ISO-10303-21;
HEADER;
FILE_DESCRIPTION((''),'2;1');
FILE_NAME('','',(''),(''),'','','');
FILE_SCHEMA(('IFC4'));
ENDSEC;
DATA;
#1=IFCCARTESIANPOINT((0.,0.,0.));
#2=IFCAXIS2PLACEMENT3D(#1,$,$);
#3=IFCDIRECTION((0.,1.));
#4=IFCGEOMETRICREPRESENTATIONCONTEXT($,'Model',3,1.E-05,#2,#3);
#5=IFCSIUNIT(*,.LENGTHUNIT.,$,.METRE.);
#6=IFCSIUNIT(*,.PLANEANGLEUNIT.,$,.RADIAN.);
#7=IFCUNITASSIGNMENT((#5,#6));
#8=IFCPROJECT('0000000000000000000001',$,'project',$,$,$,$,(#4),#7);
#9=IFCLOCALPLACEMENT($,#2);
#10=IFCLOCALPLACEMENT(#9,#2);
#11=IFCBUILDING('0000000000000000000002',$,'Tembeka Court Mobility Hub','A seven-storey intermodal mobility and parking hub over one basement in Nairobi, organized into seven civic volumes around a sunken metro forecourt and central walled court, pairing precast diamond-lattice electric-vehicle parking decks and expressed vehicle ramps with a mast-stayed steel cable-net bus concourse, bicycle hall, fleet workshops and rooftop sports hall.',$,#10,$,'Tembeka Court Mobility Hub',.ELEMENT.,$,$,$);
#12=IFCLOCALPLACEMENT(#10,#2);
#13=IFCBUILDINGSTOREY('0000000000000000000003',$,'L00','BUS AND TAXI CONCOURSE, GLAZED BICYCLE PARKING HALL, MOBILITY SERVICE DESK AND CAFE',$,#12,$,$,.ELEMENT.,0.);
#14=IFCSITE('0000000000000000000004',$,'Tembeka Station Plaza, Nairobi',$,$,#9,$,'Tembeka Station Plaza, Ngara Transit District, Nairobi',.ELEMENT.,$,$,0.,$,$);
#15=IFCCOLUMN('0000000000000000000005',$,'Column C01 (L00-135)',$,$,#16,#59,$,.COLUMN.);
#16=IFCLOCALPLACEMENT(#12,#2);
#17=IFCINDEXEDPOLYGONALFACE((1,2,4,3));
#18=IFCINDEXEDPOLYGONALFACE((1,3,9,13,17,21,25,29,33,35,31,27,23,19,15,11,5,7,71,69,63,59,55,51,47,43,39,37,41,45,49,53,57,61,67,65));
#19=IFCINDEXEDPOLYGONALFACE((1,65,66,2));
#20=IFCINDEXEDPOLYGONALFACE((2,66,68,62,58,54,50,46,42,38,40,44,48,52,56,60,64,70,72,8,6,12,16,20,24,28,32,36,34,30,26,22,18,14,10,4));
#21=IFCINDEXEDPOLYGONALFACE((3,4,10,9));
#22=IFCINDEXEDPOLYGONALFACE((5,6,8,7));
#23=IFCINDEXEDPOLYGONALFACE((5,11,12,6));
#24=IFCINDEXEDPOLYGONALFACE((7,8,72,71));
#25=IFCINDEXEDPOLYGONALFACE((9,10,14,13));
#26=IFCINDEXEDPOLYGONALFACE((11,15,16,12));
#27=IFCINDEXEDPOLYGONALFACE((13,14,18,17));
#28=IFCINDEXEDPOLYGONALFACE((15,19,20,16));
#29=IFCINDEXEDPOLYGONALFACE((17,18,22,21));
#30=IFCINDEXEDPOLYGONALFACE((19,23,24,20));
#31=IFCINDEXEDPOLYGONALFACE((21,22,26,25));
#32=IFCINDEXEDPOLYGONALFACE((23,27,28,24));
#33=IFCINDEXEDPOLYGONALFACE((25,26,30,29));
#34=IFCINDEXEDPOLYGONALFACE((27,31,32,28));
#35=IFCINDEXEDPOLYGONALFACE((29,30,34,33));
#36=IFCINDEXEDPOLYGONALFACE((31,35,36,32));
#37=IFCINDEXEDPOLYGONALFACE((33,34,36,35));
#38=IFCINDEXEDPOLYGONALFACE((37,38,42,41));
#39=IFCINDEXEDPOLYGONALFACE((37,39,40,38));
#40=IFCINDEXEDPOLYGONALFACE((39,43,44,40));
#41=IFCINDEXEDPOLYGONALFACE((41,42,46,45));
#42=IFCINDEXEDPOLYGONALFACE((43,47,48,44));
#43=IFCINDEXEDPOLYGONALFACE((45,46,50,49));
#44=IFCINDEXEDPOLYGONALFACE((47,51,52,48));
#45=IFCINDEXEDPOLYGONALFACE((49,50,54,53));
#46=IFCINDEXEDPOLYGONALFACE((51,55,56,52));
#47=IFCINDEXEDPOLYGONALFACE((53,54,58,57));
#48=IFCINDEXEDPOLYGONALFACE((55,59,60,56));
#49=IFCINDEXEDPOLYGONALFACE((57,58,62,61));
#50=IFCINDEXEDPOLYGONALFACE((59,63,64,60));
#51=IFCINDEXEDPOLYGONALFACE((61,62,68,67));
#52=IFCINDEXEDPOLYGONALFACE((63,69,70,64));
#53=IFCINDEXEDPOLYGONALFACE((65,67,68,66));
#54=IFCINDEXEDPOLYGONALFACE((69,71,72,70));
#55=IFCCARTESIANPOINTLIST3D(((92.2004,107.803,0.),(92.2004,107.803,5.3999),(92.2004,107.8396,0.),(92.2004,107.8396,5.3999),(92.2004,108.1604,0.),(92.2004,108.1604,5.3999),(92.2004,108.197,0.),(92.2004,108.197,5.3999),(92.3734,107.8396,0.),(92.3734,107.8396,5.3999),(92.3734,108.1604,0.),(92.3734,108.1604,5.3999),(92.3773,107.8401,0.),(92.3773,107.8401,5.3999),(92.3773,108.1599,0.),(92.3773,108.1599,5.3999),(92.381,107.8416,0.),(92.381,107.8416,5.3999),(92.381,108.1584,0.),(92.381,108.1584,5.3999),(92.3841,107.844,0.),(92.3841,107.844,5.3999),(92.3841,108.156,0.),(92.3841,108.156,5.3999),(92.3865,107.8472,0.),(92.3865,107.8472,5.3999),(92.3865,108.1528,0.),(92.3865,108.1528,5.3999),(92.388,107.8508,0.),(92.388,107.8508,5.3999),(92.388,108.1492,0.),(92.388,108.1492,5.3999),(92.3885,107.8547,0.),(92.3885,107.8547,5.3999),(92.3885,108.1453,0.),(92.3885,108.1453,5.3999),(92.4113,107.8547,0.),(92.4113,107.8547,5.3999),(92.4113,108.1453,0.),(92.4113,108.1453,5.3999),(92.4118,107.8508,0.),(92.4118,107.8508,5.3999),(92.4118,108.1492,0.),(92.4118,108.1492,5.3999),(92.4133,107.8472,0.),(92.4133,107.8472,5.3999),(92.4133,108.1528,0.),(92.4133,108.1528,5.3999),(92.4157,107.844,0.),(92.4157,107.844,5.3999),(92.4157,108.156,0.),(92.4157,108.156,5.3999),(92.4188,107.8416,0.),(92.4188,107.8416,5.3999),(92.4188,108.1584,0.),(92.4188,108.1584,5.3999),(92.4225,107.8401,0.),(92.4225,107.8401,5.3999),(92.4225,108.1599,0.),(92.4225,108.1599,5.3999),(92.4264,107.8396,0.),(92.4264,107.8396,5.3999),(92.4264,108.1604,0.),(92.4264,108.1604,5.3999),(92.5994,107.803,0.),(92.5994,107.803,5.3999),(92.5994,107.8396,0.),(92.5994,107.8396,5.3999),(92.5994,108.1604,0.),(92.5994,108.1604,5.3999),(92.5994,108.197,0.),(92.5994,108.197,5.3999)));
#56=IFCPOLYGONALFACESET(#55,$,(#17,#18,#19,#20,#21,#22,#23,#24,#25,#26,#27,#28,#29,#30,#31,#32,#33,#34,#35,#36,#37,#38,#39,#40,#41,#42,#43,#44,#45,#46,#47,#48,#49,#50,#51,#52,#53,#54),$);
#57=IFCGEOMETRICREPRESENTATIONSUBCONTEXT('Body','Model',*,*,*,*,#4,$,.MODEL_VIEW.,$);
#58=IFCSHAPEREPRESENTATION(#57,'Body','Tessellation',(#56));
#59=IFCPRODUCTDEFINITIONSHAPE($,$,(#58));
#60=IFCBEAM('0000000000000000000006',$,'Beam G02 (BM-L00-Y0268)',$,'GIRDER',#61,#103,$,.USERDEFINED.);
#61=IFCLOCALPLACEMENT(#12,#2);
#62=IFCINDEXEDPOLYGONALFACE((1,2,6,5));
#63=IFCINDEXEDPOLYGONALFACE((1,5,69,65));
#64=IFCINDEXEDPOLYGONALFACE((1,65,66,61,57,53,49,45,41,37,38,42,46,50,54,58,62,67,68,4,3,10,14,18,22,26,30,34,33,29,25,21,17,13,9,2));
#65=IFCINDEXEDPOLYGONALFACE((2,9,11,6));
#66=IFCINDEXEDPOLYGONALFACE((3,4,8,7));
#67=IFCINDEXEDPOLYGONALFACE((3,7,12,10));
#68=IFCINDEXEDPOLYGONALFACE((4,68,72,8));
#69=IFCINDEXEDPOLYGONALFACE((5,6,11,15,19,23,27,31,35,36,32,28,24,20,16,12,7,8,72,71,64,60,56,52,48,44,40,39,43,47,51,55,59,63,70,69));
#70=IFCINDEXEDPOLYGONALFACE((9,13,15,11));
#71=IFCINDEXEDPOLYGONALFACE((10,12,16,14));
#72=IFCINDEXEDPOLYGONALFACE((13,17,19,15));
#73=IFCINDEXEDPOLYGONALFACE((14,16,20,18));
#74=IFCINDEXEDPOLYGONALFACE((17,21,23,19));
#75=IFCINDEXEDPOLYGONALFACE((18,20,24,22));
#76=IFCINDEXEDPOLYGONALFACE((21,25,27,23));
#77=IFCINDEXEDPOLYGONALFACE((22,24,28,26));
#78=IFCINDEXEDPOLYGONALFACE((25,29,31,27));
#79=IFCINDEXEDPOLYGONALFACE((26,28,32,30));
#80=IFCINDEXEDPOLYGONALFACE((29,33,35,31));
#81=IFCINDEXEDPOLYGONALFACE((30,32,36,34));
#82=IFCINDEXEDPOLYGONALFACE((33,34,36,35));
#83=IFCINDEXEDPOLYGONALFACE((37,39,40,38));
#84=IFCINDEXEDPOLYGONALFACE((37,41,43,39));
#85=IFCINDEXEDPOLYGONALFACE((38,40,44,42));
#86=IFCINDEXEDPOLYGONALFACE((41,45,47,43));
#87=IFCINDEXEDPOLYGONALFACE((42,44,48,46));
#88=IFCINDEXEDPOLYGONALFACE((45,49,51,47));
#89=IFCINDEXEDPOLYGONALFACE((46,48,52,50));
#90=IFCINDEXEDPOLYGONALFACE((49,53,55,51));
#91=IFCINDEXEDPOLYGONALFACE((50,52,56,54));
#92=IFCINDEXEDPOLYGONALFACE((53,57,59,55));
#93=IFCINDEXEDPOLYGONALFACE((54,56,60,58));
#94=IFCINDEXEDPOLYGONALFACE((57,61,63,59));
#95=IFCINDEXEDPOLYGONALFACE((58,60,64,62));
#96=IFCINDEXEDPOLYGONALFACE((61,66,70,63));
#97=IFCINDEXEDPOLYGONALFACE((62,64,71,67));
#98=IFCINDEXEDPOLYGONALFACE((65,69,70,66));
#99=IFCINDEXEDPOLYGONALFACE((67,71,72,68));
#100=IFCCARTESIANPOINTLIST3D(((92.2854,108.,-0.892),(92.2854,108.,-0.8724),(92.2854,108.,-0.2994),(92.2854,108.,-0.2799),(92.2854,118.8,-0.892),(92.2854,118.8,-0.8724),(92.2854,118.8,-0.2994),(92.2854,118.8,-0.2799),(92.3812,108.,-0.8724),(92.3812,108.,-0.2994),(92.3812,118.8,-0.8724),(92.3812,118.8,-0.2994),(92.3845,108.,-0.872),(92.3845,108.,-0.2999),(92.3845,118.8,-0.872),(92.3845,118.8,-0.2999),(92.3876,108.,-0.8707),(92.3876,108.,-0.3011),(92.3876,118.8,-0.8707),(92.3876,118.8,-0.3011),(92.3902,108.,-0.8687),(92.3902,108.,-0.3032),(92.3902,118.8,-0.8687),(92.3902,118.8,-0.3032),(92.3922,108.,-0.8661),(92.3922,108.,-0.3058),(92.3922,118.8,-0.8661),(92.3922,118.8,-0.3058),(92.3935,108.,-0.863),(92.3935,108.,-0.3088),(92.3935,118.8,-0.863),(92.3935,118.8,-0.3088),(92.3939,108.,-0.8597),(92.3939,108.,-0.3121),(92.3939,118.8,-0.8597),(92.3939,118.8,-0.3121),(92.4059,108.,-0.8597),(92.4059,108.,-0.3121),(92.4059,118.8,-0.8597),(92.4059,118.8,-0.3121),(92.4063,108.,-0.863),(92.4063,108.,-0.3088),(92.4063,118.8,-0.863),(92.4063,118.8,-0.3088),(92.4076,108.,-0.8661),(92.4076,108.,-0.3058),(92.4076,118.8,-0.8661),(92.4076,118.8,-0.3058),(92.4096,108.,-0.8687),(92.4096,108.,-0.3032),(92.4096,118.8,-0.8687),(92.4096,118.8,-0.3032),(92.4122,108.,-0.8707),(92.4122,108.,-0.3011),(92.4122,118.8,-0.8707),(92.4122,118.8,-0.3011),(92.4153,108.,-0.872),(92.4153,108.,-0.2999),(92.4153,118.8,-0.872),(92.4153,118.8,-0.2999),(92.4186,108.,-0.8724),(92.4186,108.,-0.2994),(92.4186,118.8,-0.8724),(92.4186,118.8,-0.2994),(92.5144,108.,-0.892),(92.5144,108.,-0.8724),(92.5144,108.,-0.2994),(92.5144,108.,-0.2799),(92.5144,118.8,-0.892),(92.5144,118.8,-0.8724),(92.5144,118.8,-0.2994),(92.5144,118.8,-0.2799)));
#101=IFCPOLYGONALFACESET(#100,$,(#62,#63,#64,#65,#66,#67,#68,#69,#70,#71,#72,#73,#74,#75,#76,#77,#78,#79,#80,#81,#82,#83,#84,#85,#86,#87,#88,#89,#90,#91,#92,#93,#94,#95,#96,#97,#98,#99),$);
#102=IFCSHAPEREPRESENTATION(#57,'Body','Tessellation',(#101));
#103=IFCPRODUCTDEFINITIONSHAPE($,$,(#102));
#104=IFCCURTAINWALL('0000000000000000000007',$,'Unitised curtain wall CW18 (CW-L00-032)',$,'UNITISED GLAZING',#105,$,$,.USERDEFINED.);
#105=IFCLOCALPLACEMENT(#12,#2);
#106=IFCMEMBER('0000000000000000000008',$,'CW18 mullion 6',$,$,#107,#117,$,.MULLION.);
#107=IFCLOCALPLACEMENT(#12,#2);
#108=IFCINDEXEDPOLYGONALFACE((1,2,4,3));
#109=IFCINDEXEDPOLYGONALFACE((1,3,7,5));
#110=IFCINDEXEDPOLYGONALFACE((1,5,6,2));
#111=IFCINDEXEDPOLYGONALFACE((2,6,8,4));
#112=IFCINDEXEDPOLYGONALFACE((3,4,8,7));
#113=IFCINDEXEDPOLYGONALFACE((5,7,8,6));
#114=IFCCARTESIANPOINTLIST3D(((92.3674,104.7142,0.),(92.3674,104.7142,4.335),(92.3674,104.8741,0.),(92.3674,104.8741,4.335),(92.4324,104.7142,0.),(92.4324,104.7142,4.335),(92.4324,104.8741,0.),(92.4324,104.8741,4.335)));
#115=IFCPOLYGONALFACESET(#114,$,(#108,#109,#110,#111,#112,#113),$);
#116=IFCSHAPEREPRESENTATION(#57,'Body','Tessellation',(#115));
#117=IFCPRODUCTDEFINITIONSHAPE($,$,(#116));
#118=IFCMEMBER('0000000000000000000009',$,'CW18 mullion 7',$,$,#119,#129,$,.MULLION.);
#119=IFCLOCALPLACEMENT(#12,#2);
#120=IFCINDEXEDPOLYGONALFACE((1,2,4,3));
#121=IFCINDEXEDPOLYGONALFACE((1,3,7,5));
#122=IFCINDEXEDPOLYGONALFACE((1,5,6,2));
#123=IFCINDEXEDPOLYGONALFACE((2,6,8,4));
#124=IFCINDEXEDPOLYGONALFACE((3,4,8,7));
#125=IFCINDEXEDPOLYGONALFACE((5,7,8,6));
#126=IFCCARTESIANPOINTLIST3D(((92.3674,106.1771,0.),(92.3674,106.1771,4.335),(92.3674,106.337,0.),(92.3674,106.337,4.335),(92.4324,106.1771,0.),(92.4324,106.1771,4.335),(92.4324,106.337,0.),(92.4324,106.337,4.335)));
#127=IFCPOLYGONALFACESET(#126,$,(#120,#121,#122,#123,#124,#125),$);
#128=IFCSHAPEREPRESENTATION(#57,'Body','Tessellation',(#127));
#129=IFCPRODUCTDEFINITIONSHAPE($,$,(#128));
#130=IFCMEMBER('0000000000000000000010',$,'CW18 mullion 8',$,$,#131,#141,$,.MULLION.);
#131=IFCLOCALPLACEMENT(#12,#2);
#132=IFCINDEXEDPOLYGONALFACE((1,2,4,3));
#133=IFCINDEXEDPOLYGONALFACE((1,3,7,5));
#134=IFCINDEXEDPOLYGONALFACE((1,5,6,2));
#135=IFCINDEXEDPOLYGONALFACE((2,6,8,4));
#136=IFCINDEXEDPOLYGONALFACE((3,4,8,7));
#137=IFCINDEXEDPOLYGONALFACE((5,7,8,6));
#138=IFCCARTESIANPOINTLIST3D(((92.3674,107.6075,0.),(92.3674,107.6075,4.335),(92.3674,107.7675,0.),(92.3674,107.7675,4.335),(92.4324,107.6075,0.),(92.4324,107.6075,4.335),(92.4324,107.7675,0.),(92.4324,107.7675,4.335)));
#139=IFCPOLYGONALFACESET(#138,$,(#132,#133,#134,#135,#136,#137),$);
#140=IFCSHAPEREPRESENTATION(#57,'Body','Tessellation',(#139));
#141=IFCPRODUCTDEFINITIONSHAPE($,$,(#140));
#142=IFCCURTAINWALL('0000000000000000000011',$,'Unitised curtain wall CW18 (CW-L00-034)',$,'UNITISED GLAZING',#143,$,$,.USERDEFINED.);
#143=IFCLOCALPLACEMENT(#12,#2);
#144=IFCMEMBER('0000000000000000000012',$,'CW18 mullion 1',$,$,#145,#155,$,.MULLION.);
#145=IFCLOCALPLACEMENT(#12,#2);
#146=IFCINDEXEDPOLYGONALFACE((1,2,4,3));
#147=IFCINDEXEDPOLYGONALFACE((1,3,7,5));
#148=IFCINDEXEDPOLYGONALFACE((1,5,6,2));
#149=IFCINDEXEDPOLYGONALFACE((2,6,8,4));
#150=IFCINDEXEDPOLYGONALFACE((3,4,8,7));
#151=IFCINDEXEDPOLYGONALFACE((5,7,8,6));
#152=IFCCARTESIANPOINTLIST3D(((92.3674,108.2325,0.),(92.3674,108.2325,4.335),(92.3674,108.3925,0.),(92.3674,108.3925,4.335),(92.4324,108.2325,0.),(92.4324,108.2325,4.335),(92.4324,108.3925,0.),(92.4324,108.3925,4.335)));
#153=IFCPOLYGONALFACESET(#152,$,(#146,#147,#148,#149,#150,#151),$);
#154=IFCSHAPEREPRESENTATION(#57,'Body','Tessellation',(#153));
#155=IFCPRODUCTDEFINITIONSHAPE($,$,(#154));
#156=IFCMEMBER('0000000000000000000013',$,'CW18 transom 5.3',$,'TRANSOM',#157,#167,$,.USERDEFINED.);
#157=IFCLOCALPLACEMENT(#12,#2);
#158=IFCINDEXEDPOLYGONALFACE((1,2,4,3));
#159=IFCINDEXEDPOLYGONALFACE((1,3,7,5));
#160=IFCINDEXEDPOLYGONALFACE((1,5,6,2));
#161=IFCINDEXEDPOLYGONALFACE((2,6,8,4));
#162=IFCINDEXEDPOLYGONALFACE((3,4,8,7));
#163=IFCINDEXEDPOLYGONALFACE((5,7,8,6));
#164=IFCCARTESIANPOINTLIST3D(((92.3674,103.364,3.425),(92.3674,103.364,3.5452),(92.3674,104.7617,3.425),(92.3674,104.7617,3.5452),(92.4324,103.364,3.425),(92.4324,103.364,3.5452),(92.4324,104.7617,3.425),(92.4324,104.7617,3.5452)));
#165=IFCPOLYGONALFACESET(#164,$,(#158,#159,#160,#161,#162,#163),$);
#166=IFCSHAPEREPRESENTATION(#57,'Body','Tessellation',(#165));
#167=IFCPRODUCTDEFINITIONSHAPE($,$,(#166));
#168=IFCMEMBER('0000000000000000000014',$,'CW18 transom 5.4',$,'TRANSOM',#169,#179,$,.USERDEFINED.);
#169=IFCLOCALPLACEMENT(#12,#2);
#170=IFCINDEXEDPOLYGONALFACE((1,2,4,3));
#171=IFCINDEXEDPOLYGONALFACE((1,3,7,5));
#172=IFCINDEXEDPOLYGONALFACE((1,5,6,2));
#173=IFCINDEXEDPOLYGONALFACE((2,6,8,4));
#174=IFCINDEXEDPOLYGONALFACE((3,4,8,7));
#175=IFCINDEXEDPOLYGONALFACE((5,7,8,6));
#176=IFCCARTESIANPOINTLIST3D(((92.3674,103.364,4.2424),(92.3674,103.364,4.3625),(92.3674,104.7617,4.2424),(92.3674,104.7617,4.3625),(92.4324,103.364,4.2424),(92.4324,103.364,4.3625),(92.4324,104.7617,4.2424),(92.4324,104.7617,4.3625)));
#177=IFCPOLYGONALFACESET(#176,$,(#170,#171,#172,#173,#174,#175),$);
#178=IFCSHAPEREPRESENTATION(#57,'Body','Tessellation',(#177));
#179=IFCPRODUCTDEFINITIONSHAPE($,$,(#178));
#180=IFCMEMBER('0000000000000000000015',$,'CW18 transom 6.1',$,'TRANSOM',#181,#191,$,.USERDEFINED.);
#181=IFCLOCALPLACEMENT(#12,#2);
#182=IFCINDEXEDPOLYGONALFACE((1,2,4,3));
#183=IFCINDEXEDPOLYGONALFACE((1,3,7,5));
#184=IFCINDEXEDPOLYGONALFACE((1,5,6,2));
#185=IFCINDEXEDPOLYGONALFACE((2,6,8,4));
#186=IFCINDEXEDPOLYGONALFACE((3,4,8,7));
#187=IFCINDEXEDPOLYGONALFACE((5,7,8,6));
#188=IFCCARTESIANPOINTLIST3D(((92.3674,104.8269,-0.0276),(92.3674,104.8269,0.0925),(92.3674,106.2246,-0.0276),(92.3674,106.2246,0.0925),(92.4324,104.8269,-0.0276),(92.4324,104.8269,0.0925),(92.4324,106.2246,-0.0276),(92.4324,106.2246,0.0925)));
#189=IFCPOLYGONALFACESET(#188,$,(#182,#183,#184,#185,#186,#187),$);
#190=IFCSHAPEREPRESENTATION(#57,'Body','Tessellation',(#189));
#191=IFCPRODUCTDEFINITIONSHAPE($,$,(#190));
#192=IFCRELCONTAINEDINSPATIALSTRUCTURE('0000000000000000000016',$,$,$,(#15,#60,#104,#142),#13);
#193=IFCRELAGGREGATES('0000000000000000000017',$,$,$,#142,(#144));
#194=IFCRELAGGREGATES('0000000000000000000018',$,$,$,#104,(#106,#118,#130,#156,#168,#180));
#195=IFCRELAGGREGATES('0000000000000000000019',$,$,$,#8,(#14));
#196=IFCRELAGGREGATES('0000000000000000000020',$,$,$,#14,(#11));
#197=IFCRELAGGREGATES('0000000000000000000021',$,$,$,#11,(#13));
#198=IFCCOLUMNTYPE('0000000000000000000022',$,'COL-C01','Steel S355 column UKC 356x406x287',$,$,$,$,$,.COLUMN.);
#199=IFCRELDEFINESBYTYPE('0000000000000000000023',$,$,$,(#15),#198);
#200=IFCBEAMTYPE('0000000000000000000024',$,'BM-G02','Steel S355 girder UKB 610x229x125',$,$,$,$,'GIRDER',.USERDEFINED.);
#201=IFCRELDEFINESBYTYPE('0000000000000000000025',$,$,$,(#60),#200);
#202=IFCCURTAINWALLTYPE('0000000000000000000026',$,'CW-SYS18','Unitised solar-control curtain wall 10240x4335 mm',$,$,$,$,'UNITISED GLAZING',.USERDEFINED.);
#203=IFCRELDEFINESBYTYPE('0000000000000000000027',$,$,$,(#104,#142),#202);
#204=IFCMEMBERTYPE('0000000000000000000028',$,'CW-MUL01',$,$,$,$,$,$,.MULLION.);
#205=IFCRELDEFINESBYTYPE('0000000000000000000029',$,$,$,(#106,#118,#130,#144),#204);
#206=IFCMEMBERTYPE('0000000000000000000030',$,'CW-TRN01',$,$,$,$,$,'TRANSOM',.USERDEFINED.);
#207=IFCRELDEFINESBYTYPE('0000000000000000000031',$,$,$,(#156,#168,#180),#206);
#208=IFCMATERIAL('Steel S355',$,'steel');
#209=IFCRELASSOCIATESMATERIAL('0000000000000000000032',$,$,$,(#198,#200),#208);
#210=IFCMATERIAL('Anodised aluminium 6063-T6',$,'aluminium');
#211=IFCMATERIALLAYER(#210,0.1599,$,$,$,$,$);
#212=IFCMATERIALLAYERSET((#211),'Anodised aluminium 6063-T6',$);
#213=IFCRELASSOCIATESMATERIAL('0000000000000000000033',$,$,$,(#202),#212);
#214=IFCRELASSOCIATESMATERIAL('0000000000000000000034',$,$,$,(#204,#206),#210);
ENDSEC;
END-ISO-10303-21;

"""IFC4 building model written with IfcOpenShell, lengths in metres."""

from ifc_helpers import new_model, si_unit, direction, frame, origin, origin_2d, place, context, subcontext, project, spatial, rectangle, i_section, extrude, material, layer, layer_set, material_profile, profile_set, type_object, element, aggregate, save


model = new_model("IFC4")

# Units and contexts
model_context = context("Model", 3, precision=1e-05, world=origin(), true_north=direction((0.0, 1.0)))
body_context = subcontext(model_context, "Body", "Model", "MODEL_VIEW")
ifc_project = project(units=[si_unit("LENGTHUNIT", "METRE"), si_unit("PLANEANGLEUNIT", "RADIAN")], contexts=[model_context])

# Site, building, storey
site_placement = place(None, origin())
site = spatial("IfcSite", under=ifc_project, at=site_placement, Name="Tembeka Station Plaza, Nairobi", LongName="Tembeka Station Plaza, Ngara Transit District, Nairobi", CompositionType="ELEMENT", RefElevation=0.0)
building_placement = place(site_placement, origin())
building = spatial("IfcBuilding", under=site, at=building_placement, Name="Tembeka Court Mobility Hub", Description="A seven-storey intermodal mobility and parking hub over one basement in Nairobi, organized into seven civic volumes around a sunken metro forecourt and central walled court, pairing precast diamond-lattice electric-vehicle parking decks and expressed vehicle ramps with a mast-stayed steel cable-net bus concourse, bicycle hall, fleet workshops and rooftop sports hall.", LongName="Tembeka Court Mobility Hub", CompositionType="ELEMENT")
storey_placement = place(building_placement, origin())
storey = spatial("IfcBuildingStorey", under=building, at=storey_placement, Name="L00", Description="BUS AND TAXI CONCOURSE, GLAZED BICYCLE PARKING HALL, MOBILITY SERVICE DESK AND CAFE", CompositionType="ELEMENT", Elevation=0.0)

# Column
ifc_material_1 = material(Name="Steel S355", Category="steel")
ifc_material_profile_1 = material_profile(ifc_material_1, i_section(OverallWidth=0.3989, OverallDepth=0.394, WebThickness=0.0227, FlangeThickness=0.0366, FilletRadius=0.0151, at=origin_2d()), Name="UKC 356x406x287")
ifc_profile_set_1 = profile_set([ifc_material_profile_1], Name="Steel S355")
column_type = type_object("IfcColumnType", Name="COL-C01", Description="Steel S355 column UKC 356x406x287", PredefinedType="COLUMN", material=ifc_profile_set_1)
column_placement = place(storey_placement, frame((92.3999, 108.0, 0.0), z_axis=(0.0, 0.0, 1.0), x_axis=(1.0, 0.0, 0.0)))
element("IfcColumn", 1, at=column_placement, inside=storey, type_object=column_type, Name="Column C01 (L00-135)", PredefinedType="COLUMN", context=body_context, shape_type="SweptSolid", body=[
    extrude(i_section(OverallWidth=0.3989, OverallDepth=0.394, WebThickness=0.0227, FlangeThickness=0.0366, FilletRadius=0.0151, at=origin_2d()), origin(), (0.0, 0.0, 1.0), 5.3999),
])

# Beam
ifc_material_profile_2 = material_profile(ifc_material_1, i_section(OverallWidth=0.229, OverallDepth=0.6121, WebThickness=0.012, FlangeThickness=0.0195, FilletRadius=0.0127, at=origin_2d()), Name="UKB 610x229x125")
ifc_profile_set_2 = profile_set([ifc_material_profile_2], Name="Steel S355")
beam_type = type_object("IfcBeamType", Name="BM-G02", Description="Steel S355 girder UKB 610x229x125", ElementType="GIRDER", PredefinedType="USERDEFINED", material=ifc_profile_set_2)
beam_placement = place(storey_placement, frame((92.3999, 108.0, -0.5859), z_axis=(0.0, 1.0, 0.0), x_axis=(-1.0, 0.0, 0.0)))
element("IfcBeam", 2, at=beam_placement, inside=storey, type_object=beam_type, Name="Beam G02 (BM-L00-Y0268)", ObjectType="GIRDER", PredefinedType="USERDEFINED", context=body_context, shape_type="SweptSolid", body=[
    extrude(i_section(OverallWidth=0.229, OverallDepth=0.6121, WebThickness=0.012, FlangeThickness=0.0195, FilletRadius=0.0127, at=origin_2d()), origin(), (0.0, 0.0, 1.0), 10.8),
])

# Curtain wall, members
ifc_material_2 = material(Name="Anodised aluminium 6063-T6", Category="aluminium")
ifc_layer_1 = layer(ifc_material_2, 0.1599)
ifc_layer_set_1 = layer_set([ifc_layer_1], Name="Anodised aluminium 6063-T6")
curtain_wall_type = type_object("IfcCurtainWallType", Name="CW-SYS18", Description="Unitised solar-control curtain wall 10240x4335 mm", ElementType="UNITISED GLAZING", PredefinedType="USERDEFINED", material=ifc_layer_set_1)
curtain_wall_1_placement = place(storey_placement, origin())
curtain_wall_1 = element("IfcCurtainWall", 3, at=curtain_wall_1_placement, inside=storey, type_object=curtain_wall_type, Name="Unitised curtain wall CW18 (CW-L00-032)", ObjectType="UNITISED GLAZING", PredefinedType="USERDEFINED")
ifc_material_profile_3 = material_profile(ifc_material_2, rectangle(XDim=0.0649, YDim=0.1599, at=origin_2d()), Name="ALU-MUL 65x160")
ifc_profile_set_3 = profile_set([ifc_material_profile_3], Name="Anodised aluminium 6063-T6")
member_type_1 = type_object("IfcMemberType", Name="CW-MUL01", PredefinedType="MULLION", material=ifc_profile_set_3)
member_1_placement = place(storey_placement, frame((92.3999, 104.7942, 0.0), z_axis=(0.0, 0.0, 1.0), x_axis=(-1.0, 0.0, 0.0)))
member_1 = element("IfcMember", 4, at=member_1_placement, type_object=member_type_1, Name="CW18 mullion 6", PredefinedType="MULLION", context=body_context, shape_type="SweptSolid", body=[
    extrude(rectangle(XDim=0.0649, YDim=0.1599, at=origin_2d()), origin(), (0.0, 0.0, 1.0), 4.335),
])
member_2_placement = place(storey_placement, frame((92.3999, 106.2571, 0.0), z_axis=(0.0, 0.0, 1.0), x_axis=(-1.0, 0.0, 0.0)))
member_2 = element("IfcMember", 5, at=member_2_placement, type_object=member_type_1, Name="CW18 mullion 7", PredefinedType="MULLION", context=body_context, shape_type="SweptSolid", body=[
    extrude(rectangle(XDim=0.0649, YDim=0.1599, at=origin_2d()), origin(), (0.0, 0.0, 1.0), 4.335),
])
member_3_placement = place(storey_placement, frame((92.3999, 107.6875, 0.0), z_axis=(0.0, 0.0, 1.0), x_axis=(-1.0, 0.0, 0.0)))
member_3 = element("IfcMember", 6, at=member_3_placement, type_object=member_type_1, Name="CW18 mullion 8", PredefinedType="MULLION", context=body_context, shape_type="SweptSolid", body=[
    extrude(rectangle(XDim=0.0649, YDim=0.1599, at=origin_2d()), origin(), (0.0, 0.0, 1.0), 4.335),
])

# Curtain wall, member
curtain_wall_2_placement = place(storey_placement, origin())
curtain_wall_2 = element("IfcCurtainWall", 7, at=curtain_wall_2_placement, inside=storey, type_object=curtain_wall_type, Name="Unitised curtain wall CW18 (CW-L00-034)", ObjectType="UNITISED GLAZING", PredefinedType="USERDEFINED")
member_4_placement = place(storey_placement, frame((92.3999, 108.3125, 0.0), z_axis=(0.0, 0.0, 1.0), x_axis=(-1.0, 0.0, 0.0)))
member_4 = element("IfcMember", 8, at=member_4_placement, type_object=member_type_1, Name="CW18 mullion 1", PredefinedType="MULLION", context=body_context, shape_type="SweptSolid", body=[
    extrude(rectangle(XDim=0.0649, YDim=0.1599, at=origin_2d()), origin(), (0.0, 0.0, 1.0), 4.335),
])

# Members
ifc_material_profile_4 = material_profile(ifc_material_2, rectangle(XDim=0.0649, YDim=0.1201, at=origin_2d()), Name="ALU-TRN 65x120")
ifc_profile_set_4 = profile_set([ifc_material_profile_4], Name="Anodised aluminium 6063-T6")
member_type_2 = type_object("IfcMemberType", Name="CW-TRN01", ElementType="TRANSOM", PredefinedType="USERDEFINED", material=ifc_profile_set_4)
member_5_placement = place(storey_placement, frame((92.3999, 103.364, 3.4851), z_axis=(0.0, 1.0, 0.0), x_axis=(-1.0, 0.0, 0.0)))
member_5 = element("IfcMember", 9, at=member_5_placement, type_object=member_type_2, Name="CW18 transom 5.3", ObjectType="TRANSOM", PredefinedType="USERDEFINED", context=body_context, shape_type="SweptSolid", body=[
    extrude(rectangle(XDim=0.0649, YDim=0.1201, at=origin_2d()), origin(), (0.0, 0.0, 1.0), 1.3977),
])
member_6_placement = place(storey_placement, frame((92.3999, 103.364, 4.3025), z_axis=(0.0, 1.0, 0.0), x_axis=(-1.0, 0.0, 0.0)))
member_6 = element("IfcMember", 10, at=member_6_placement, type_object=member_type_2, Name="CW18 transom 5.4", ObjectType="TRANSOM", PredefinedType="USERDEFINED", context=body_context, shape_type="SweptSolid", body=[
    extrude(rectangle(XDim=0.0649, YDim=0.1201, at=origin_2d()), origin(), (0.0, 0.0, 1.0), 1.3977),
])
member_7_placement = place(storey_placement, frame((92.3999, 104.8269, 0.0325), z_axis=(0.0, 1.0, 0.0), x_axis=(-1.0, 0.0, 0.0)))
member_7 = element("IfcMember", 11, at=member_7_placement, type_object=member_type_2, Name="CW18 transom 6.1", ObjectType="TRANSOM", PredefinedType="USERDEFINED", context=body_context, shape_type="SweptSolid", body=[
    extrude(rectangle(XDim=0.0649, YDim=0.1201, at=origin_2d()), origin(), (0.0, 0.0, 1.0), 1.3977),
])
aggregate(curtain_wall_2, [member_4])

aggregate(curtain_wall_1, [member_1, member_2, member_3, member_5, member_6, member_7])

save(model, "model.ifc")
